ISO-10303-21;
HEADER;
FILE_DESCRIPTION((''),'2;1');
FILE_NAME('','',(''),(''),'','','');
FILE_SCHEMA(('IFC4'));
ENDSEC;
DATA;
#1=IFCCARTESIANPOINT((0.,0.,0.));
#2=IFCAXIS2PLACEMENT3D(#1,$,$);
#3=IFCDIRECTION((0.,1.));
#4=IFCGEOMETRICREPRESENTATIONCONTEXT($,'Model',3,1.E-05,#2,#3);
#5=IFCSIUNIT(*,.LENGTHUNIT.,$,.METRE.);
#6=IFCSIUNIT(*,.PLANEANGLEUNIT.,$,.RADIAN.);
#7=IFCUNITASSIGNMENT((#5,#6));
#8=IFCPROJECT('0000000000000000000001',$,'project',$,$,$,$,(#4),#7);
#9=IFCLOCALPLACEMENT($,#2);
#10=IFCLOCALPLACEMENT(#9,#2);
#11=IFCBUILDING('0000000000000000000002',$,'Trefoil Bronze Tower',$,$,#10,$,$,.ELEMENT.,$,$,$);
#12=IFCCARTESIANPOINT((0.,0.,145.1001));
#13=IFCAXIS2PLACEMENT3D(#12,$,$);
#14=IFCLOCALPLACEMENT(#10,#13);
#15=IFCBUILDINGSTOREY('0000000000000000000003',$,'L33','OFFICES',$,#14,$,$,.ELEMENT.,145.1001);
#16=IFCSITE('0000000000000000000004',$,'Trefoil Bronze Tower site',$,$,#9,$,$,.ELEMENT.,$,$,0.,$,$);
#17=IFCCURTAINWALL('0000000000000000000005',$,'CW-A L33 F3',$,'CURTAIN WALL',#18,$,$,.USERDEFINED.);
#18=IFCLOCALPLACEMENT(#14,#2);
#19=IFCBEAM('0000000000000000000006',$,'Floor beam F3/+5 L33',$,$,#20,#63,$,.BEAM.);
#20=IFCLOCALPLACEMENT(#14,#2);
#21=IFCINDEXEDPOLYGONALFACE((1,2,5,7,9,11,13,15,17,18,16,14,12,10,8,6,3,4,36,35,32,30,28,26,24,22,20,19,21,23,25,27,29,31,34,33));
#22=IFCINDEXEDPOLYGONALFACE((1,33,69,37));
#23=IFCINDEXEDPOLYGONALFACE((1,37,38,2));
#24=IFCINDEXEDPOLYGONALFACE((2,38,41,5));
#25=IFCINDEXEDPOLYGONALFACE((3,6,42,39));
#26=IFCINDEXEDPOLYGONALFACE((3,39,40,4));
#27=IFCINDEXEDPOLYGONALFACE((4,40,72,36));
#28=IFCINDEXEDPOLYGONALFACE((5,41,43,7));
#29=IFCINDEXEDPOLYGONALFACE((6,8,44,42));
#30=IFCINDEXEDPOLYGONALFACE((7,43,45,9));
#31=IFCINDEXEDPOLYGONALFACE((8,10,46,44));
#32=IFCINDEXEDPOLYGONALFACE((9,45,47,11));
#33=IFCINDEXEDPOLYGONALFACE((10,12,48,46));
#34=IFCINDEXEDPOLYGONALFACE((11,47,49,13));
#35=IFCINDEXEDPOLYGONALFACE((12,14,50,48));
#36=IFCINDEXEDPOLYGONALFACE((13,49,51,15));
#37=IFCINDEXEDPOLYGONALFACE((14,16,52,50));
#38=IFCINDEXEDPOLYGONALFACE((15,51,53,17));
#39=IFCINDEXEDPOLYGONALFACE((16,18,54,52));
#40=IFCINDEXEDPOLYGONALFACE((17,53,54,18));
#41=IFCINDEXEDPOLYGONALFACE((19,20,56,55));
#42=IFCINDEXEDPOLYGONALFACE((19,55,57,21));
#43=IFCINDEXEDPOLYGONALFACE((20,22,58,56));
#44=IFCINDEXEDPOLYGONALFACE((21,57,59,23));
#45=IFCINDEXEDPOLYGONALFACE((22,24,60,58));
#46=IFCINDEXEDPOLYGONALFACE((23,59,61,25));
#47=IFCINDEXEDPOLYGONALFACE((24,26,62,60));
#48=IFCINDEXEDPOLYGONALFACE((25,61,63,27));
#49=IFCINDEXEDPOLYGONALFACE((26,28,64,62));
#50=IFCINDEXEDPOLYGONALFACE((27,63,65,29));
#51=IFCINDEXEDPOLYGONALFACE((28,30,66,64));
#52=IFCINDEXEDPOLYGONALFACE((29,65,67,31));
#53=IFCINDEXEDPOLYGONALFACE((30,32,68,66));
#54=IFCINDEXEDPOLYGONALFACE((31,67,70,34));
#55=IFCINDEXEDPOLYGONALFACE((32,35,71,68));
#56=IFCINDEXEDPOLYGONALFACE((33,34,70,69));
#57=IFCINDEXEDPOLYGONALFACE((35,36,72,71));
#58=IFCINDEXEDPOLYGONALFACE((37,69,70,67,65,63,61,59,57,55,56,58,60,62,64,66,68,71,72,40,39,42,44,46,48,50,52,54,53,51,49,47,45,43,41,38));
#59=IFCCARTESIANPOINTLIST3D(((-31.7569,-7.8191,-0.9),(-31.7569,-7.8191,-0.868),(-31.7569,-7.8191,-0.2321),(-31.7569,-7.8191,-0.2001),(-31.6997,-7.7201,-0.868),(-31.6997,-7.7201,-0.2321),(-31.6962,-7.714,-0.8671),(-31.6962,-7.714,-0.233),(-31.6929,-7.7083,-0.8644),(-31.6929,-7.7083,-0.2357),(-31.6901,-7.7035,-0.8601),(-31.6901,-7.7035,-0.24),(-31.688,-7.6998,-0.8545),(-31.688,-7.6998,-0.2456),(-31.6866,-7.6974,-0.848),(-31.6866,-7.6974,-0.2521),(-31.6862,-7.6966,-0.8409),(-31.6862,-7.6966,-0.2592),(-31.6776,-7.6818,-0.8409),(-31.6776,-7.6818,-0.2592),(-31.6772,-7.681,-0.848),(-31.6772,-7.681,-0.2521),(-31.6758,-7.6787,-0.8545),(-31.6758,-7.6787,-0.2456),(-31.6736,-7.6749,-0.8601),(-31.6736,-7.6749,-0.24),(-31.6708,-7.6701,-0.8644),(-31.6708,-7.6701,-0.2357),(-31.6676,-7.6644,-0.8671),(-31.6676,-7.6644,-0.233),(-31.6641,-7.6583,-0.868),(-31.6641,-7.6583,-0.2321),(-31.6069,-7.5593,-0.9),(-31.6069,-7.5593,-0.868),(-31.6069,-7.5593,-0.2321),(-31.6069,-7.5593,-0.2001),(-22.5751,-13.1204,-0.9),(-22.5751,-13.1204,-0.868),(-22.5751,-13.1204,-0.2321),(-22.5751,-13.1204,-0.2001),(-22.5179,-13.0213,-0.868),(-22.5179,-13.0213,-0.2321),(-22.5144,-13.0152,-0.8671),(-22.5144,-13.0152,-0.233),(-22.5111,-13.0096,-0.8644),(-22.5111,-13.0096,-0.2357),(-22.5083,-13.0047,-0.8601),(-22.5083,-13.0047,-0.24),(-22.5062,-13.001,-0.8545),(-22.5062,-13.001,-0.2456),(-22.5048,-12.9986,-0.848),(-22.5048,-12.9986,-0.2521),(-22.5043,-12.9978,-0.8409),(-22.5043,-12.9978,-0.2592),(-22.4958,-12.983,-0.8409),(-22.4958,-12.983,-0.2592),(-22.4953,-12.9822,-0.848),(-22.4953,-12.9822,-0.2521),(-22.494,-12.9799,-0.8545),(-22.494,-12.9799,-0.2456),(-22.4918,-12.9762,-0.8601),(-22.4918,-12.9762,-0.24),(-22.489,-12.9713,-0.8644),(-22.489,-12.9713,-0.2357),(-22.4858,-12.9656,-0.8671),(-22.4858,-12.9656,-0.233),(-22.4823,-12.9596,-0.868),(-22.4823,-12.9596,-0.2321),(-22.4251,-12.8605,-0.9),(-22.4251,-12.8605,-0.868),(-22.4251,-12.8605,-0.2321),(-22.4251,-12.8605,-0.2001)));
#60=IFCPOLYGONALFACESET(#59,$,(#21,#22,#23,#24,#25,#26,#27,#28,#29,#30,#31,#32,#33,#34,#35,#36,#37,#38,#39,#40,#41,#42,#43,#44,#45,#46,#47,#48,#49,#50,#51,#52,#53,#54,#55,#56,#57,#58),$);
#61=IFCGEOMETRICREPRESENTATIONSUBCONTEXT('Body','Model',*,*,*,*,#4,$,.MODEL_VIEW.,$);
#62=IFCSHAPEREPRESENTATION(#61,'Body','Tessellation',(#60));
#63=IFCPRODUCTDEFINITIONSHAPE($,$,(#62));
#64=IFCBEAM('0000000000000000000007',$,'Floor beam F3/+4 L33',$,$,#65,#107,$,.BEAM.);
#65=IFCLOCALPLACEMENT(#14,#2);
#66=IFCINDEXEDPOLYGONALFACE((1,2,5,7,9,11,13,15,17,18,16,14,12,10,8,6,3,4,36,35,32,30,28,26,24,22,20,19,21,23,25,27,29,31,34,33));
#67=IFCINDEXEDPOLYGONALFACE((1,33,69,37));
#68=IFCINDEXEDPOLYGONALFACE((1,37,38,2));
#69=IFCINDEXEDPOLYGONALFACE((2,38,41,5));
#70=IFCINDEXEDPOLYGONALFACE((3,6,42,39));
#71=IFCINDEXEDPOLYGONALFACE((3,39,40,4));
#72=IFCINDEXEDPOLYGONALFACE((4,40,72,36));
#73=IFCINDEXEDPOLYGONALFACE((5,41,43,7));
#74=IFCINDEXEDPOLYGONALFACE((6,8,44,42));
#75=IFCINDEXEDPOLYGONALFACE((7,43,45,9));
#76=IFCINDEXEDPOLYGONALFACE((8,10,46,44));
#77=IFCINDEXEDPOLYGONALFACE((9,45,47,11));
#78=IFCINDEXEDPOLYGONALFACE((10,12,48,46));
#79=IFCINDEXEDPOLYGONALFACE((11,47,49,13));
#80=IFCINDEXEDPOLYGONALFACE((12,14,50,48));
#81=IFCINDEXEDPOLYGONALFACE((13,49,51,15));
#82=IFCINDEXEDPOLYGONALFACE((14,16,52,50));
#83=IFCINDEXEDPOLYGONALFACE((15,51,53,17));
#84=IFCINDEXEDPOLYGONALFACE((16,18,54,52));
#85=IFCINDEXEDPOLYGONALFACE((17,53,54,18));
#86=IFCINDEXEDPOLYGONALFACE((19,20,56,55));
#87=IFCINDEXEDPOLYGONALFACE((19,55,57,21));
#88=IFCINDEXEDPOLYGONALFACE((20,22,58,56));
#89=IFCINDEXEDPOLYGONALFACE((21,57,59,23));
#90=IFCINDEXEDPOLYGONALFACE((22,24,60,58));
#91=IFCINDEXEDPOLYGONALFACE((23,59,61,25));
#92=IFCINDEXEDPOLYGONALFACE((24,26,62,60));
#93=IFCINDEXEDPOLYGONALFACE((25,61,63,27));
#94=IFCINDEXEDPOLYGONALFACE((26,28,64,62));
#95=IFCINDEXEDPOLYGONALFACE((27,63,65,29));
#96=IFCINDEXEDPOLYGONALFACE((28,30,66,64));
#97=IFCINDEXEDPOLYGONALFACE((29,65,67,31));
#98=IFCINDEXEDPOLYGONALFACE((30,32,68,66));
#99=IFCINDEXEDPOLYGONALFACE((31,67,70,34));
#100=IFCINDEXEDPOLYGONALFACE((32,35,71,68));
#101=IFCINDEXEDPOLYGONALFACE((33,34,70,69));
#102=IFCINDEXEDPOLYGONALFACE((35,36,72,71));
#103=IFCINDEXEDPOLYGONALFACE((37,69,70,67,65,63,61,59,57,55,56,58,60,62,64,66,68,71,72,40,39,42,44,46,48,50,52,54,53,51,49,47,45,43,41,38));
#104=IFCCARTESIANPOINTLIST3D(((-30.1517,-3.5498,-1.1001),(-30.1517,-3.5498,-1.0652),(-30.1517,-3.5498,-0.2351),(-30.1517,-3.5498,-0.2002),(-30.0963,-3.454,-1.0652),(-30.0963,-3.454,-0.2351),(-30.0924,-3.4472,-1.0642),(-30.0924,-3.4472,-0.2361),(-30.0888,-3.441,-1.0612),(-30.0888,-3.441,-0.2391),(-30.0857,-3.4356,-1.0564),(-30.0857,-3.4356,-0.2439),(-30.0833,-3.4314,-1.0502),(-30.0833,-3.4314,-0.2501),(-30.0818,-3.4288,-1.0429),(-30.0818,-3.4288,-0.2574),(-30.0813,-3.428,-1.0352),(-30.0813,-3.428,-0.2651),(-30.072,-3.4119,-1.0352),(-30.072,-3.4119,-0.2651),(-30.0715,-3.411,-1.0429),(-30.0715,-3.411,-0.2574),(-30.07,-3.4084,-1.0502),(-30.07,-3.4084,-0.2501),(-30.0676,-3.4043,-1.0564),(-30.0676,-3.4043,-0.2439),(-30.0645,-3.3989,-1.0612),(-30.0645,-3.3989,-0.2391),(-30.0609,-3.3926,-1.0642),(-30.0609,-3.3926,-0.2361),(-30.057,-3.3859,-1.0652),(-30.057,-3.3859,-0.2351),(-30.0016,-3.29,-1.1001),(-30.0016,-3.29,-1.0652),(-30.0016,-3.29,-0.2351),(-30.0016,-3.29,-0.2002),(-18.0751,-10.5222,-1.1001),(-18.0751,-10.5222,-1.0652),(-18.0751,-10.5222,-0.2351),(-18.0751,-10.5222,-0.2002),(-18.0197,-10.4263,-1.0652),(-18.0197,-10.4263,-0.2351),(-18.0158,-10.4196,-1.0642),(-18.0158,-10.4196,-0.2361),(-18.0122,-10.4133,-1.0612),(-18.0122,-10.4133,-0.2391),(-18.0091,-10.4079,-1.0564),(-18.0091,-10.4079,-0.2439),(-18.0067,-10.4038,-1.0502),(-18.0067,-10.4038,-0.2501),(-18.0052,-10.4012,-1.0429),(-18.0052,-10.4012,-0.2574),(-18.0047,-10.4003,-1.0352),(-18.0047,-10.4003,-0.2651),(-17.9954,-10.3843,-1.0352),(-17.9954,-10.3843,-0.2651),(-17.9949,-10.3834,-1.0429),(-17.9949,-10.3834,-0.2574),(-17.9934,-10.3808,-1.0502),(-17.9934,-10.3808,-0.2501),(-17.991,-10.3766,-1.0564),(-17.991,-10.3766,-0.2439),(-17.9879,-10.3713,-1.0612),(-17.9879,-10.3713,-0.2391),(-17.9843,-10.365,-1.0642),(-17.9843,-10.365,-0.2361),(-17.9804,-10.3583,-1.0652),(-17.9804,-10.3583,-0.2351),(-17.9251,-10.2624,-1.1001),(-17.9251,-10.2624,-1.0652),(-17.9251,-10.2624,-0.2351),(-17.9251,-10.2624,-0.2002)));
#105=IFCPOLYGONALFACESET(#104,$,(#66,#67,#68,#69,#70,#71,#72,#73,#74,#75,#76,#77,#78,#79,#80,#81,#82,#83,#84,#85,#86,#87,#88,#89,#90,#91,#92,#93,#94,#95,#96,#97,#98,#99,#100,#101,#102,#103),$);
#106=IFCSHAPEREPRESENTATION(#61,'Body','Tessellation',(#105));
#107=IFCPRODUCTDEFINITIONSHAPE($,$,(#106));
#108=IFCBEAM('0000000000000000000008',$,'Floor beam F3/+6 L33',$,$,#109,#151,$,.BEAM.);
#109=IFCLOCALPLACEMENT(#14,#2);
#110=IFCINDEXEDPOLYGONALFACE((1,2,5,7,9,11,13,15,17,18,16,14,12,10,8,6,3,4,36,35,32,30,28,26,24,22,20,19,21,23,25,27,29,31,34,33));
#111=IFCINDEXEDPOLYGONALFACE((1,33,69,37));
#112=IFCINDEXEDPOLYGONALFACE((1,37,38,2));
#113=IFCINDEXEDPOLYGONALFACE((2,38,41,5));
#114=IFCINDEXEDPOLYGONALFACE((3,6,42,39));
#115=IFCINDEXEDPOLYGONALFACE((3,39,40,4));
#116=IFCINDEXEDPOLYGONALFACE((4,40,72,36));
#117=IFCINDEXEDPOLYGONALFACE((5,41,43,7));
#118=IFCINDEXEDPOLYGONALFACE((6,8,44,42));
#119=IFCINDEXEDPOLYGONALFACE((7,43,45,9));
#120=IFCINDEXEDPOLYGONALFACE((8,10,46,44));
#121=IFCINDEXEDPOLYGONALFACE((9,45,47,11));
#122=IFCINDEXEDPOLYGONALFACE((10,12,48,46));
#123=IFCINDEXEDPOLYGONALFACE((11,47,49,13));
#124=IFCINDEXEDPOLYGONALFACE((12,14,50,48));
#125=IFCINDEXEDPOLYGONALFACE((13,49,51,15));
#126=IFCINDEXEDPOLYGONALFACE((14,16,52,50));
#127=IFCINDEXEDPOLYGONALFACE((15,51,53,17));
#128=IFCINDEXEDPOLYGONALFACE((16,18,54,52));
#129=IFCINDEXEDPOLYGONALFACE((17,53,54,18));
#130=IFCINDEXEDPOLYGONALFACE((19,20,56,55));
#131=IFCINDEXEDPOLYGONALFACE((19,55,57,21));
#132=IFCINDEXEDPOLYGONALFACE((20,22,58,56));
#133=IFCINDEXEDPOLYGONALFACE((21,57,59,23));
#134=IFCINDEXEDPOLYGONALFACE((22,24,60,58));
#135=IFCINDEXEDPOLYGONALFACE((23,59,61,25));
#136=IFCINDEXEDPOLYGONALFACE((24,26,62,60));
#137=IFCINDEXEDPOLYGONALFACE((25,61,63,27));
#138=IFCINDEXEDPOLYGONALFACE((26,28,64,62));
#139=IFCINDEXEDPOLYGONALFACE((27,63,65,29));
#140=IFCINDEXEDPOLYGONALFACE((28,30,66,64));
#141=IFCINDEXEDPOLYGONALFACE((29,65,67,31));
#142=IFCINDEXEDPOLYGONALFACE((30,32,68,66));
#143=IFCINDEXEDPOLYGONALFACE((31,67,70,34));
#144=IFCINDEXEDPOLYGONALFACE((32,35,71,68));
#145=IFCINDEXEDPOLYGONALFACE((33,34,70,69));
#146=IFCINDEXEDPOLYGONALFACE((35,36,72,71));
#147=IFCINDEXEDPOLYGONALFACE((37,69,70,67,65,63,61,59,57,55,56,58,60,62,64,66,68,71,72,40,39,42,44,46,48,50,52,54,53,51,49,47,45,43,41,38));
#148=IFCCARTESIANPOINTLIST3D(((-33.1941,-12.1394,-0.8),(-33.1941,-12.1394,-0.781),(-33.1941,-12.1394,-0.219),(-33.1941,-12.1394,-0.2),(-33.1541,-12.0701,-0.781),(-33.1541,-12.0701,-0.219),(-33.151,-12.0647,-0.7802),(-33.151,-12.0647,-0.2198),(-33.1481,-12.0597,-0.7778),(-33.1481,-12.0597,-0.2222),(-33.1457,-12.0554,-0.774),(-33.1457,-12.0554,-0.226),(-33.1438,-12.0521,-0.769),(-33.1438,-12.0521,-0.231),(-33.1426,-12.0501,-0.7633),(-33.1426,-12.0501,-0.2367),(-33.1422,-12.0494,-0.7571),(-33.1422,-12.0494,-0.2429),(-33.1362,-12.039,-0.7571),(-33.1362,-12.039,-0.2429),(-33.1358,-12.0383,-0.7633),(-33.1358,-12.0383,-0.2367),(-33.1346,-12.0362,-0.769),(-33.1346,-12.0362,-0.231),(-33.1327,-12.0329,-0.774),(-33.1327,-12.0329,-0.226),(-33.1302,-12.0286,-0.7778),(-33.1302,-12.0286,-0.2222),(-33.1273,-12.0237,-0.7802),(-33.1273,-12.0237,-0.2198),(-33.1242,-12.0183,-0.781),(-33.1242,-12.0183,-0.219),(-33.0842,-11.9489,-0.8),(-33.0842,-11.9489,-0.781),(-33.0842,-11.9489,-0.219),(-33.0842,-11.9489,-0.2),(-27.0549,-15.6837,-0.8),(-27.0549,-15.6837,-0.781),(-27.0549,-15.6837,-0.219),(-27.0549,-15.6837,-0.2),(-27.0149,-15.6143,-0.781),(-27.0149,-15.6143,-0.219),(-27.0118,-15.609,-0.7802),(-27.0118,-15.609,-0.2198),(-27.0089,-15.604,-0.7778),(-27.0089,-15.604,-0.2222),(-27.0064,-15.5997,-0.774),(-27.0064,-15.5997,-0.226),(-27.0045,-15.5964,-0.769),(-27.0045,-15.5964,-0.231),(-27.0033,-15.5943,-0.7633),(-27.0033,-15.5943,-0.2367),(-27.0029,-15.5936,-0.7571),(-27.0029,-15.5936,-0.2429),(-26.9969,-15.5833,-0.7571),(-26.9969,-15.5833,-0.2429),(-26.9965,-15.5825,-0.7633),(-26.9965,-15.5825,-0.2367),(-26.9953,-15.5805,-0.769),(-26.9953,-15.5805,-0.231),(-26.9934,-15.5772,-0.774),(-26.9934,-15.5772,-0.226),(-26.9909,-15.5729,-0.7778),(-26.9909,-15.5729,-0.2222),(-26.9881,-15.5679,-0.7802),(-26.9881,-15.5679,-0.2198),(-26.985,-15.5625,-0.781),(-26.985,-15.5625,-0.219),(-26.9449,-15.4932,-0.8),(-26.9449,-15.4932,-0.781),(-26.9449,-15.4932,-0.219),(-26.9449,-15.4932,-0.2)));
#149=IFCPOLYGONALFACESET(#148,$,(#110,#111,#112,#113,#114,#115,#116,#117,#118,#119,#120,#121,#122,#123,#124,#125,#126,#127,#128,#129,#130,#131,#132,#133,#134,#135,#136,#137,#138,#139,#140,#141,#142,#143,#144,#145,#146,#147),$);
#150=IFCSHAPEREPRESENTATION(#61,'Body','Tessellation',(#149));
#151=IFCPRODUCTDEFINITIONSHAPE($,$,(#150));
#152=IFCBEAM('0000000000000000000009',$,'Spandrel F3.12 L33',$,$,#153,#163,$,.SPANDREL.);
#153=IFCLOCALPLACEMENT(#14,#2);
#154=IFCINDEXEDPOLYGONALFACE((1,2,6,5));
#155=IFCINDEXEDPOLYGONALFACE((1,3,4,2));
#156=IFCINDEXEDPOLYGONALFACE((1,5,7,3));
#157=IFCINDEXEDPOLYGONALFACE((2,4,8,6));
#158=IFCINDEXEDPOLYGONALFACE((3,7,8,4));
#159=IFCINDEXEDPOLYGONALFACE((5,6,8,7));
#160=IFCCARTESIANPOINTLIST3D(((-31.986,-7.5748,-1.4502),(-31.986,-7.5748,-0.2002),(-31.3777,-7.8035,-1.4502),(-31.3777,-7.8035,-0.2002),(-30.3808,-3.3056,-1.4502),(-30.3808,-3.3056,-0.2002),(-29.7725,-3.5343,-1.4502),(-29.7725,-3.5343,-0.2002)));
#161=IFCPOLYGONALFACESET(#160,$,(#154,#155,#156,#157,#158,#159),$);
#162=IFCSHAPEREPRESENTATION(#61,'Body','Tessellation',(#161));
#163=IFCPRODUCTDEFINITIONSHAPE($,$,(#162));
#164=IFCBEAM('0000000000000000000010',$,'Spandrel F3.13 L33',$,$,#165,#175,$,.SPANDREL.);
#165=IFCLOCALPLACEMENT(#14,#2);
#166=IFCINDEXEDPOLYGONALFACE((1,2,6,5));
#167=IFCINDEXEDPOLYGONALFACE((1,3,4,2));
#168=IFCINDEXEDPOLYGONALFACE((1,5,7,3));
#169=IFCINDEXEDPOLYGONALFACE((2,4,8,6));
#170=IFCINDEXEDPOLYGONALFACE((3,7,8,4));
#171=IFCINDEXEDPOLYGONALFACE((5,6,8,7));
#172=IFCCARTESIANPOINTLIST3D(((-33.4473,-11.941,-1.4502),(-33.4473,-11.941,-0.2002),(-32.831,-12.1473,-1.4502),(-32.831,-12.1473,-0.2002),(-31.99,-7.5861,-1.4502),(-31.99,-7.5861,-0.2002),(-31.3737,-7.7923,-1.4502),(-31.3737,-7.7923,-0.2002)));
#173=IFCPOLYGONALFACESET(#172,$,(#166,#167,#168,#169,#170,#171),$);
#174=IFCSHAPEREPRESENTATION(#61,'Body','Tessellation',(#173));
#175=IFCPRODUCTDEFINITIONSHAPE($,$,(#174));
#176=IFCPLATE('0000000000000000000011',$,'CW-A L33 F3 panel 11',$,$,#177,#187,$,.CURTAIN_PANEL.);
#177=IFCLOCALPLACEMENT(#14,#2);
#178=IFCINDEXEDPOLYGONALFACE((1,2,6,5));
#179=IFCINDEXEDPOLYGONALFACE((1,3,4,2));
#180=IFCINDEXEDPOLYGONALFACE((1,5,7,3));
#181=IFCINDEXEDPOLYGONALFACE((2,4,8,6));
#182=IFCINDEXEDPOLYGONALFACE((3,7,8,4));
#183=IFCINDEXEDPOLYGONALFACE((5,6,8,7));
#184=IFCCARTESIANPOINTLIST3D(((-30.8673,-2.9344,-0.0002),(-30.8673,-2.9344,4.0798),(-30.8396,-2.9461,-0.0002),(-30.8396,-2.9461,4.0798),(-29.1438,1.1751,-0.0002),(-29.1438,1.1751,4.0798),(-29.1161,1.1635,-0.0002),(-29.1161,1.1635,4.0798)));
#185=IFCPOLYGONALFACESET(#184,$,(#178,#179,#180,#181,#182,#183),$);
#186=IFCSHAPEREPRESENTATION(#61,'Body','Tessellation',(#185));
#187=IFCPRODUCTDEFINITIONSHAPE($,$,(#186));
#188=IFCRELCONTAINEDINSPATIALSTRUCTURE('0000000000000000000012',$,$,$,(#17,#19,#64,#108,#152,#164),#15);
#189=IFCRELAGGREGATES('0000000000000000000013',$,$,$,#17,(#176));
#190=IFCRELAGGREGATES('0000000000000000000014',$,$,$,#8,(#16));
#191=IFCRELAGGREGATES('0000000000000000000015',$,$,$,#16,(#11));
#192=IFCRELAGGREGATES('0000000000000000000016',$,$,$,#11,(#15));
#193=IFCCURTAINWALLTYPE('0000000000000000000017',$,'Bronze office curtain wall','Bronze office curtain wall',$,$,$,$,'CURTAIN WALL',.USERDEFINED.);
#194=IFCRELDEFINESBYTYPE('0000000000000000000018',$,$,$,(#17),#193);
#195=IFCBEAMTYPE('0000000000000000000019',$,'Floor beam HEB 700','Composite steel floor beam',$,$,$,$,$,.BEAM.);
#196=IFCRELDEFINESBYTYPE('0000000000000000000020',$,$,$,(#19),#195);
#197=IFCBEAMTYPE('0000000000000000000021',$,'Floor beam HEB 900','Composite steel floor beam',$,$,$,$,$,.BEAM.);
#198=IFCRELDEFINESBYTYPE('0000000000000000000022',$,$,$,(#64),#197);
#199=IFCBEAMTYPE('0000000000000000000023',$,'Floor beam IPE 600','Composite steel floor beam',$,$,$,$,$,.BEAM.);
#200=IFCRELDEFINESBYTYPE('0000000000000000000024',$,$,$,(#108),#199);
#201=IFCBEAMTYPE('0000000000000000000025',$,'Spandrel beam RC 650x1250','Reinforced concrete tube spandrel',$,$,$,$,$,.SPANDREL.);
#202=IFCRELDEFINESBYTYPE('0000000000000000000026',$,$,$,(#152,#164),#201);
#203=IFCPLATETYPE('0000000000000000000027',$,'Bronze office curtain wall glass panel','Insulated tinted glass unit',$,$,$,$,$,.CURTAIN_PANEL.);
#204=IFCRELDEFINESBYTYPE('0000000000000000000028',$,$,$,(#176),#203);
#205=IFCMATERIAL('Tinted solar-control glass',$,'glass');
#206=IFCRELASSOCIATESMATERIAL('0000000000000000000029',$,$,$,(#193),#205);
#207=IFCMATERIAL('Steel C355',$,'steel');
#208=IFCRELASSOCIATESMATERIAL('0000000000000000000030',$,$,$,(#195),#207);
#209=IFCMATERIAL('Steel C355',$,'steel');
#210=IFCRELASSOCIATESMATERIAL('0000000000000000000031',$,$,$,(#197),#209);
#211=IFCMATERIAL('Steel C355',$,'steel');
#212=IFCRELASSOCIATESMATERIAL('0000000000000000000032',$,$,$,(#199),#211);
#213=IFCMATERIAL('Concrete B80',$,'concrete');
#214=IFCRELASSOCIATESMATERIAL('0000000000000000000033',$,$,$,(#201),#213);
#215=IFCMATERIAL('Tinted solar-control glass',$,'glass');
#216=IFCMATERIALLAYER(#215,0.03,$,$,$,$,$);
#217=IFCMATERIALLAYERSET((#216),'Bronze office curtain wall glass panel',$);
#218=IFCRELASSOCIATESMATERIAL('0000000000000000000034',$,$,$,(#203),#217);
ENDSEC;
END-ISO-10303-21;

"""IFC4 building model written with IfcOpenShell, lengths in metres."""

from ifc_helpers import new_model, si_unit, direction, frame, origin, origin_2d, place, context, subcontext, project, spatial, rectangle, i_section, extrude, material, layer, layer_set, material_profile, profile_set, type_object, element, aggregate, save


model = new_model("IFC4")

# Units and contexts
model_context = context("Model", 3, precision=1e-05, world=origin(), true_north=direction((0.0, 1.0)))
body_context = subcontext(model_context, "Body", "Model", "MODEL_VIEW")
ifc_project = project(units=[si_unit("LENGTHUNIT", "METRE"), si_unit("PLANEANGLEUNIT", "RADIAN")], contexts=[model_context])

# Site, building, storey
site_placement = place(None, origin())
site = spatial("IfcSite", under=ifc_project, at=site_placement, Name="Trefoil Bronze Tower site", CompositionType="ELEMENT", RefElevation=0.0)
building_placement = place(site_placement, origin())
building = spatial("IfcBuilding", under=site, at=building_placement, Name="Trefoil Bronze Tower", CompositionType="ELEMENT")
storey_placement = place(building_placement, frame((0.0, 0.0, 145.1001)))
storey = spatial("IfcBuildingStorey", under=building, at=storey_placement, Name="L33", Description="OFFICES", CompositionType="ELEMENT", Elevation=145.1001)

# Curtain wall
ifc_material_1 = material(Name="Tinted solar-control glass", Category="glass")
curtain_wall_type_1 = type_object("IfcCurtainWallType", Name="Bronze office curtain wall", Description="Bronze office curtain wall", ElementType="CURTAIN WALL", PredefinedType="USERDEFINED", material=ifc_material_1)
curtain_wall_1_placement = place(storey_placement, origin())
curtain_wall_1 = element("IfcCurtainWall", 1, at=curtain_wall_1_placement, inside=storey, type_object=curtain_wall_type_1, Name="CW-A L33 F3", ObjectType="CURTAIN WALL", PredefinedType="USERDEFINED")

# Beams
ifc_material_2 = material(Name="Steel C355", Category="steel")
ifc_material_profile_1 = material_profile(ifc_material_2, i_section(OverallWidth=0.3, OverallDepth=0.7, WebThickness=0.0171, FlangeThickness=0.032, FilletRadius=0.0271, at=origin_2d()), Name="HEB 700")
ifc_profile_set_1 = profile_set([ifc_material_profile_1], Name="Steel C355")
beam_type_1 = type_object("IfcBeamType", Name="Floor beam HEB 700", Description="Composite steel floor beam", PredefinedType="BEAM", material=ifc_profile_set_1)
beam_1_placement = place(storey_placement, frame((-31.6819, -7.6892, -0.55), z_axis=(0.866021, -0.500007, 0.0), x_axis=(0.500007, 0.866021, 0.0)))
element("IfcBeam", 2, at=beam_1_placement, inside=storey, type_object=beam_type_1, Name="Floor beam F3/+5 L33", PredefinedType="BEAM", context=body_context, shape_type="SweptSolid", body=[
    extrude(i_section(OverallWidth=0.3, OverallDepth=0.7, WebThickness=0.0171, FlangeThickness=0.032, FilletRadius=0.0271, at=origin_2d()), origin(), (0.0, 0.0, 1.0), 10.6023),
])
ifc_material_3 = material(Name="Steel C355", Category="steel")
ifc_material_profile_2 = material_profile(ifc_material_3, i_section(OverallWidth=0.3, OverallDepth=0.8999, WebThickness=0.0186, FlangeThickness=0.0349, FilletRadius=0.03, at=origin_2d()), Name="HEB 900")
ifc_profile_set_2 = profile_set([ifc_material_profile_2], Name="Steel C355")
beam_type_2 = type_object("IfcBeamType", Name="Floor beam HEB 900", Description="Composite steel floor beam", PredefinedType="BEAM", material=ifc_profile_set_2)
beam_2_placement = place(storey_placement, frame((-30.0767, -3.4199, -0.6501), z_axis=(0.866027, -0.499997, 0.0), x_axis=(0.499997, 0.866027, 0.0)))
element("IfcBeam", 3, at=beam_2_placement, inside=storey, type_object=beam_type_2, Name="Floor beam F3/+4 L33", PredefinedType="BEAM", context=body_context, shape_type="SweptSolid", body=[
    extrude(i_section(OverallWidth=0.3, OverallDepth=0.8999, WebThickness=0.0186, FlangeThickness=0.0349, FilletRadius=0.03, at=origin_2d()), origin(), (0.0, 0.0, 1.0), 13.9448),
])
ifc_material_4 = material(Name="Steel C355", Category="steel")
ifc_material_profile_3 = material_profile(ifc_material_4, i_section(OverallWidth=0.22, OverallDepth=0.6001, WebThickness=0.012, FlangeThickness=0.019, FilletRadius=0.0239, at=origin_2d()), Name="IPE 600")
ifc_profile_set_3 = profile_set([ifc_material_profile_3], Name="Steel C355")
beam_type_3 = type_object("IfcBeamType", Name="Floor beam IPE 600", Description="Composite steel floor beam", PredefinedType="BEAM", material=ifc_profile_set_3)
beam_3_placement = place(storey_placement, frame((-33.1392, -12.0442, -0.5), z_axis=(0.866041, -0.499973, 0.0), x_axis=(0.499973, 0.866041, 0.0)))
element("IfcBeam", 4, at=beam_3_placement, inside=storey, type_object=beam_type_3, Name="Floor beam F3/+6 L33", PredefinedType="BEAM", context=body_context, shape_type="SweptSolid", body=[
    extrude(i_section(OverallWidth=0.22, OverallDepth=0.6001, WebThickness=0.012, FlangeThickness=0.019, FilletRadius=0.0239, at=origin_2d()), origin(), (0.0, 0.0, 1.0), 7.0889),
])
ifc_material_5 = material(Name="Concrete B80", Category="concrete")
ifc_material_profile_4 = material_profile(ifc_material_5, rectangle(XDim=0.6499, YDim=1.25, at=origin_2d()), Name="RC 650x1250")
ifc_profile_set_4 = profile_set([ifc_material_profile_4], Name="Concrete B80")
beam_type_4 = type_object("IfcBeamType", Name="Spandrel beam RC 650x1250", Description="Reinforced concrete tube spandrel", PredefinedType="SPANDREL", material=ifc_profile_set_4)
beam_4_placement = place(storey_placement, frame((-30.0767, -3.4199, -0.8252), z_axis=(-0.351939, -0.936023, 0.0), x_axis=(0.936023, -0.351939, 0.0)))
element("IfcBeam", 5, at=beam_4_placement, inside=storey, type_object=beam_type_4, Name="Spandrel F3.12 L33", PredefinedType="SPANDREL", context=body_context, shape_type="SweptSolid", body=[
    extrude(rectangle(XDim=0.6499, YDim=1.25, at=origin_2d()), origin(), (0.0, 0.0, 1.0), 4.561),
])
beam_5_placement = place(storey_placement, frame((-31.6819, -7.6892, -0.8252), z_axis=(-0.317328, -0.948316, 0.0), x_axis=(0.948316, -0.317328, 0.0)))
element("IfcBeam", 6, at=beam_5_placement, inside=storey, type_object=beam_type_4, Name="Spandrel F3.13 L33", PredefinedType="SPANDREL", context=body_context, shape_type="SweptSolid", body=[
    extrude(rectangle(XDim=0.6499, YDim=1.25, at=origin_2d()), origin(), (0.0, 0.0, 1.0), 4.5923),
])

# Plate
ifc_material_6 = material(Name="Tinted solar-control glass", Category="glass")
ifc_layer_1 = layer(ifc_material_6, 0.03)
ifc_layer_set_1 = layer_set([ifc_layer_1], Name="Bronze office curtain wall glass panel")
plate_type_1 = type_object("IfcPlateType", Name="Bronze office curtain wall glass panel", Description="Insulated tinted glass unit", PredefinedType="CURTAIN_PANEL", material=ifc_layer_set_1)
plate_1_placement = place(storey_placement, frame((-29.9917, -0.8855, -0.0002), z_axis=(0.0, 0.0, 1.0), x_axis=(-0.386759, -0.922181, 0.0)))
plate_1 = element("IfcPlate", 7, at=plate_1_placement, type_object=plate_type_1, Name="CW-A L33 F3 panel 11", PredefinedType="CURTAIN_PANEL", context=body_context, shape_type="SweptSolid", body=[
    extrude(rectangle(XDim=4.4563, YDim=0.03, at=origin_2d()), origin(), (0.0, 0.0, 1.0), 4.0801),
])
aggregate(curtain_wall_1, [plate_1])

save(model, "model.ifc")
